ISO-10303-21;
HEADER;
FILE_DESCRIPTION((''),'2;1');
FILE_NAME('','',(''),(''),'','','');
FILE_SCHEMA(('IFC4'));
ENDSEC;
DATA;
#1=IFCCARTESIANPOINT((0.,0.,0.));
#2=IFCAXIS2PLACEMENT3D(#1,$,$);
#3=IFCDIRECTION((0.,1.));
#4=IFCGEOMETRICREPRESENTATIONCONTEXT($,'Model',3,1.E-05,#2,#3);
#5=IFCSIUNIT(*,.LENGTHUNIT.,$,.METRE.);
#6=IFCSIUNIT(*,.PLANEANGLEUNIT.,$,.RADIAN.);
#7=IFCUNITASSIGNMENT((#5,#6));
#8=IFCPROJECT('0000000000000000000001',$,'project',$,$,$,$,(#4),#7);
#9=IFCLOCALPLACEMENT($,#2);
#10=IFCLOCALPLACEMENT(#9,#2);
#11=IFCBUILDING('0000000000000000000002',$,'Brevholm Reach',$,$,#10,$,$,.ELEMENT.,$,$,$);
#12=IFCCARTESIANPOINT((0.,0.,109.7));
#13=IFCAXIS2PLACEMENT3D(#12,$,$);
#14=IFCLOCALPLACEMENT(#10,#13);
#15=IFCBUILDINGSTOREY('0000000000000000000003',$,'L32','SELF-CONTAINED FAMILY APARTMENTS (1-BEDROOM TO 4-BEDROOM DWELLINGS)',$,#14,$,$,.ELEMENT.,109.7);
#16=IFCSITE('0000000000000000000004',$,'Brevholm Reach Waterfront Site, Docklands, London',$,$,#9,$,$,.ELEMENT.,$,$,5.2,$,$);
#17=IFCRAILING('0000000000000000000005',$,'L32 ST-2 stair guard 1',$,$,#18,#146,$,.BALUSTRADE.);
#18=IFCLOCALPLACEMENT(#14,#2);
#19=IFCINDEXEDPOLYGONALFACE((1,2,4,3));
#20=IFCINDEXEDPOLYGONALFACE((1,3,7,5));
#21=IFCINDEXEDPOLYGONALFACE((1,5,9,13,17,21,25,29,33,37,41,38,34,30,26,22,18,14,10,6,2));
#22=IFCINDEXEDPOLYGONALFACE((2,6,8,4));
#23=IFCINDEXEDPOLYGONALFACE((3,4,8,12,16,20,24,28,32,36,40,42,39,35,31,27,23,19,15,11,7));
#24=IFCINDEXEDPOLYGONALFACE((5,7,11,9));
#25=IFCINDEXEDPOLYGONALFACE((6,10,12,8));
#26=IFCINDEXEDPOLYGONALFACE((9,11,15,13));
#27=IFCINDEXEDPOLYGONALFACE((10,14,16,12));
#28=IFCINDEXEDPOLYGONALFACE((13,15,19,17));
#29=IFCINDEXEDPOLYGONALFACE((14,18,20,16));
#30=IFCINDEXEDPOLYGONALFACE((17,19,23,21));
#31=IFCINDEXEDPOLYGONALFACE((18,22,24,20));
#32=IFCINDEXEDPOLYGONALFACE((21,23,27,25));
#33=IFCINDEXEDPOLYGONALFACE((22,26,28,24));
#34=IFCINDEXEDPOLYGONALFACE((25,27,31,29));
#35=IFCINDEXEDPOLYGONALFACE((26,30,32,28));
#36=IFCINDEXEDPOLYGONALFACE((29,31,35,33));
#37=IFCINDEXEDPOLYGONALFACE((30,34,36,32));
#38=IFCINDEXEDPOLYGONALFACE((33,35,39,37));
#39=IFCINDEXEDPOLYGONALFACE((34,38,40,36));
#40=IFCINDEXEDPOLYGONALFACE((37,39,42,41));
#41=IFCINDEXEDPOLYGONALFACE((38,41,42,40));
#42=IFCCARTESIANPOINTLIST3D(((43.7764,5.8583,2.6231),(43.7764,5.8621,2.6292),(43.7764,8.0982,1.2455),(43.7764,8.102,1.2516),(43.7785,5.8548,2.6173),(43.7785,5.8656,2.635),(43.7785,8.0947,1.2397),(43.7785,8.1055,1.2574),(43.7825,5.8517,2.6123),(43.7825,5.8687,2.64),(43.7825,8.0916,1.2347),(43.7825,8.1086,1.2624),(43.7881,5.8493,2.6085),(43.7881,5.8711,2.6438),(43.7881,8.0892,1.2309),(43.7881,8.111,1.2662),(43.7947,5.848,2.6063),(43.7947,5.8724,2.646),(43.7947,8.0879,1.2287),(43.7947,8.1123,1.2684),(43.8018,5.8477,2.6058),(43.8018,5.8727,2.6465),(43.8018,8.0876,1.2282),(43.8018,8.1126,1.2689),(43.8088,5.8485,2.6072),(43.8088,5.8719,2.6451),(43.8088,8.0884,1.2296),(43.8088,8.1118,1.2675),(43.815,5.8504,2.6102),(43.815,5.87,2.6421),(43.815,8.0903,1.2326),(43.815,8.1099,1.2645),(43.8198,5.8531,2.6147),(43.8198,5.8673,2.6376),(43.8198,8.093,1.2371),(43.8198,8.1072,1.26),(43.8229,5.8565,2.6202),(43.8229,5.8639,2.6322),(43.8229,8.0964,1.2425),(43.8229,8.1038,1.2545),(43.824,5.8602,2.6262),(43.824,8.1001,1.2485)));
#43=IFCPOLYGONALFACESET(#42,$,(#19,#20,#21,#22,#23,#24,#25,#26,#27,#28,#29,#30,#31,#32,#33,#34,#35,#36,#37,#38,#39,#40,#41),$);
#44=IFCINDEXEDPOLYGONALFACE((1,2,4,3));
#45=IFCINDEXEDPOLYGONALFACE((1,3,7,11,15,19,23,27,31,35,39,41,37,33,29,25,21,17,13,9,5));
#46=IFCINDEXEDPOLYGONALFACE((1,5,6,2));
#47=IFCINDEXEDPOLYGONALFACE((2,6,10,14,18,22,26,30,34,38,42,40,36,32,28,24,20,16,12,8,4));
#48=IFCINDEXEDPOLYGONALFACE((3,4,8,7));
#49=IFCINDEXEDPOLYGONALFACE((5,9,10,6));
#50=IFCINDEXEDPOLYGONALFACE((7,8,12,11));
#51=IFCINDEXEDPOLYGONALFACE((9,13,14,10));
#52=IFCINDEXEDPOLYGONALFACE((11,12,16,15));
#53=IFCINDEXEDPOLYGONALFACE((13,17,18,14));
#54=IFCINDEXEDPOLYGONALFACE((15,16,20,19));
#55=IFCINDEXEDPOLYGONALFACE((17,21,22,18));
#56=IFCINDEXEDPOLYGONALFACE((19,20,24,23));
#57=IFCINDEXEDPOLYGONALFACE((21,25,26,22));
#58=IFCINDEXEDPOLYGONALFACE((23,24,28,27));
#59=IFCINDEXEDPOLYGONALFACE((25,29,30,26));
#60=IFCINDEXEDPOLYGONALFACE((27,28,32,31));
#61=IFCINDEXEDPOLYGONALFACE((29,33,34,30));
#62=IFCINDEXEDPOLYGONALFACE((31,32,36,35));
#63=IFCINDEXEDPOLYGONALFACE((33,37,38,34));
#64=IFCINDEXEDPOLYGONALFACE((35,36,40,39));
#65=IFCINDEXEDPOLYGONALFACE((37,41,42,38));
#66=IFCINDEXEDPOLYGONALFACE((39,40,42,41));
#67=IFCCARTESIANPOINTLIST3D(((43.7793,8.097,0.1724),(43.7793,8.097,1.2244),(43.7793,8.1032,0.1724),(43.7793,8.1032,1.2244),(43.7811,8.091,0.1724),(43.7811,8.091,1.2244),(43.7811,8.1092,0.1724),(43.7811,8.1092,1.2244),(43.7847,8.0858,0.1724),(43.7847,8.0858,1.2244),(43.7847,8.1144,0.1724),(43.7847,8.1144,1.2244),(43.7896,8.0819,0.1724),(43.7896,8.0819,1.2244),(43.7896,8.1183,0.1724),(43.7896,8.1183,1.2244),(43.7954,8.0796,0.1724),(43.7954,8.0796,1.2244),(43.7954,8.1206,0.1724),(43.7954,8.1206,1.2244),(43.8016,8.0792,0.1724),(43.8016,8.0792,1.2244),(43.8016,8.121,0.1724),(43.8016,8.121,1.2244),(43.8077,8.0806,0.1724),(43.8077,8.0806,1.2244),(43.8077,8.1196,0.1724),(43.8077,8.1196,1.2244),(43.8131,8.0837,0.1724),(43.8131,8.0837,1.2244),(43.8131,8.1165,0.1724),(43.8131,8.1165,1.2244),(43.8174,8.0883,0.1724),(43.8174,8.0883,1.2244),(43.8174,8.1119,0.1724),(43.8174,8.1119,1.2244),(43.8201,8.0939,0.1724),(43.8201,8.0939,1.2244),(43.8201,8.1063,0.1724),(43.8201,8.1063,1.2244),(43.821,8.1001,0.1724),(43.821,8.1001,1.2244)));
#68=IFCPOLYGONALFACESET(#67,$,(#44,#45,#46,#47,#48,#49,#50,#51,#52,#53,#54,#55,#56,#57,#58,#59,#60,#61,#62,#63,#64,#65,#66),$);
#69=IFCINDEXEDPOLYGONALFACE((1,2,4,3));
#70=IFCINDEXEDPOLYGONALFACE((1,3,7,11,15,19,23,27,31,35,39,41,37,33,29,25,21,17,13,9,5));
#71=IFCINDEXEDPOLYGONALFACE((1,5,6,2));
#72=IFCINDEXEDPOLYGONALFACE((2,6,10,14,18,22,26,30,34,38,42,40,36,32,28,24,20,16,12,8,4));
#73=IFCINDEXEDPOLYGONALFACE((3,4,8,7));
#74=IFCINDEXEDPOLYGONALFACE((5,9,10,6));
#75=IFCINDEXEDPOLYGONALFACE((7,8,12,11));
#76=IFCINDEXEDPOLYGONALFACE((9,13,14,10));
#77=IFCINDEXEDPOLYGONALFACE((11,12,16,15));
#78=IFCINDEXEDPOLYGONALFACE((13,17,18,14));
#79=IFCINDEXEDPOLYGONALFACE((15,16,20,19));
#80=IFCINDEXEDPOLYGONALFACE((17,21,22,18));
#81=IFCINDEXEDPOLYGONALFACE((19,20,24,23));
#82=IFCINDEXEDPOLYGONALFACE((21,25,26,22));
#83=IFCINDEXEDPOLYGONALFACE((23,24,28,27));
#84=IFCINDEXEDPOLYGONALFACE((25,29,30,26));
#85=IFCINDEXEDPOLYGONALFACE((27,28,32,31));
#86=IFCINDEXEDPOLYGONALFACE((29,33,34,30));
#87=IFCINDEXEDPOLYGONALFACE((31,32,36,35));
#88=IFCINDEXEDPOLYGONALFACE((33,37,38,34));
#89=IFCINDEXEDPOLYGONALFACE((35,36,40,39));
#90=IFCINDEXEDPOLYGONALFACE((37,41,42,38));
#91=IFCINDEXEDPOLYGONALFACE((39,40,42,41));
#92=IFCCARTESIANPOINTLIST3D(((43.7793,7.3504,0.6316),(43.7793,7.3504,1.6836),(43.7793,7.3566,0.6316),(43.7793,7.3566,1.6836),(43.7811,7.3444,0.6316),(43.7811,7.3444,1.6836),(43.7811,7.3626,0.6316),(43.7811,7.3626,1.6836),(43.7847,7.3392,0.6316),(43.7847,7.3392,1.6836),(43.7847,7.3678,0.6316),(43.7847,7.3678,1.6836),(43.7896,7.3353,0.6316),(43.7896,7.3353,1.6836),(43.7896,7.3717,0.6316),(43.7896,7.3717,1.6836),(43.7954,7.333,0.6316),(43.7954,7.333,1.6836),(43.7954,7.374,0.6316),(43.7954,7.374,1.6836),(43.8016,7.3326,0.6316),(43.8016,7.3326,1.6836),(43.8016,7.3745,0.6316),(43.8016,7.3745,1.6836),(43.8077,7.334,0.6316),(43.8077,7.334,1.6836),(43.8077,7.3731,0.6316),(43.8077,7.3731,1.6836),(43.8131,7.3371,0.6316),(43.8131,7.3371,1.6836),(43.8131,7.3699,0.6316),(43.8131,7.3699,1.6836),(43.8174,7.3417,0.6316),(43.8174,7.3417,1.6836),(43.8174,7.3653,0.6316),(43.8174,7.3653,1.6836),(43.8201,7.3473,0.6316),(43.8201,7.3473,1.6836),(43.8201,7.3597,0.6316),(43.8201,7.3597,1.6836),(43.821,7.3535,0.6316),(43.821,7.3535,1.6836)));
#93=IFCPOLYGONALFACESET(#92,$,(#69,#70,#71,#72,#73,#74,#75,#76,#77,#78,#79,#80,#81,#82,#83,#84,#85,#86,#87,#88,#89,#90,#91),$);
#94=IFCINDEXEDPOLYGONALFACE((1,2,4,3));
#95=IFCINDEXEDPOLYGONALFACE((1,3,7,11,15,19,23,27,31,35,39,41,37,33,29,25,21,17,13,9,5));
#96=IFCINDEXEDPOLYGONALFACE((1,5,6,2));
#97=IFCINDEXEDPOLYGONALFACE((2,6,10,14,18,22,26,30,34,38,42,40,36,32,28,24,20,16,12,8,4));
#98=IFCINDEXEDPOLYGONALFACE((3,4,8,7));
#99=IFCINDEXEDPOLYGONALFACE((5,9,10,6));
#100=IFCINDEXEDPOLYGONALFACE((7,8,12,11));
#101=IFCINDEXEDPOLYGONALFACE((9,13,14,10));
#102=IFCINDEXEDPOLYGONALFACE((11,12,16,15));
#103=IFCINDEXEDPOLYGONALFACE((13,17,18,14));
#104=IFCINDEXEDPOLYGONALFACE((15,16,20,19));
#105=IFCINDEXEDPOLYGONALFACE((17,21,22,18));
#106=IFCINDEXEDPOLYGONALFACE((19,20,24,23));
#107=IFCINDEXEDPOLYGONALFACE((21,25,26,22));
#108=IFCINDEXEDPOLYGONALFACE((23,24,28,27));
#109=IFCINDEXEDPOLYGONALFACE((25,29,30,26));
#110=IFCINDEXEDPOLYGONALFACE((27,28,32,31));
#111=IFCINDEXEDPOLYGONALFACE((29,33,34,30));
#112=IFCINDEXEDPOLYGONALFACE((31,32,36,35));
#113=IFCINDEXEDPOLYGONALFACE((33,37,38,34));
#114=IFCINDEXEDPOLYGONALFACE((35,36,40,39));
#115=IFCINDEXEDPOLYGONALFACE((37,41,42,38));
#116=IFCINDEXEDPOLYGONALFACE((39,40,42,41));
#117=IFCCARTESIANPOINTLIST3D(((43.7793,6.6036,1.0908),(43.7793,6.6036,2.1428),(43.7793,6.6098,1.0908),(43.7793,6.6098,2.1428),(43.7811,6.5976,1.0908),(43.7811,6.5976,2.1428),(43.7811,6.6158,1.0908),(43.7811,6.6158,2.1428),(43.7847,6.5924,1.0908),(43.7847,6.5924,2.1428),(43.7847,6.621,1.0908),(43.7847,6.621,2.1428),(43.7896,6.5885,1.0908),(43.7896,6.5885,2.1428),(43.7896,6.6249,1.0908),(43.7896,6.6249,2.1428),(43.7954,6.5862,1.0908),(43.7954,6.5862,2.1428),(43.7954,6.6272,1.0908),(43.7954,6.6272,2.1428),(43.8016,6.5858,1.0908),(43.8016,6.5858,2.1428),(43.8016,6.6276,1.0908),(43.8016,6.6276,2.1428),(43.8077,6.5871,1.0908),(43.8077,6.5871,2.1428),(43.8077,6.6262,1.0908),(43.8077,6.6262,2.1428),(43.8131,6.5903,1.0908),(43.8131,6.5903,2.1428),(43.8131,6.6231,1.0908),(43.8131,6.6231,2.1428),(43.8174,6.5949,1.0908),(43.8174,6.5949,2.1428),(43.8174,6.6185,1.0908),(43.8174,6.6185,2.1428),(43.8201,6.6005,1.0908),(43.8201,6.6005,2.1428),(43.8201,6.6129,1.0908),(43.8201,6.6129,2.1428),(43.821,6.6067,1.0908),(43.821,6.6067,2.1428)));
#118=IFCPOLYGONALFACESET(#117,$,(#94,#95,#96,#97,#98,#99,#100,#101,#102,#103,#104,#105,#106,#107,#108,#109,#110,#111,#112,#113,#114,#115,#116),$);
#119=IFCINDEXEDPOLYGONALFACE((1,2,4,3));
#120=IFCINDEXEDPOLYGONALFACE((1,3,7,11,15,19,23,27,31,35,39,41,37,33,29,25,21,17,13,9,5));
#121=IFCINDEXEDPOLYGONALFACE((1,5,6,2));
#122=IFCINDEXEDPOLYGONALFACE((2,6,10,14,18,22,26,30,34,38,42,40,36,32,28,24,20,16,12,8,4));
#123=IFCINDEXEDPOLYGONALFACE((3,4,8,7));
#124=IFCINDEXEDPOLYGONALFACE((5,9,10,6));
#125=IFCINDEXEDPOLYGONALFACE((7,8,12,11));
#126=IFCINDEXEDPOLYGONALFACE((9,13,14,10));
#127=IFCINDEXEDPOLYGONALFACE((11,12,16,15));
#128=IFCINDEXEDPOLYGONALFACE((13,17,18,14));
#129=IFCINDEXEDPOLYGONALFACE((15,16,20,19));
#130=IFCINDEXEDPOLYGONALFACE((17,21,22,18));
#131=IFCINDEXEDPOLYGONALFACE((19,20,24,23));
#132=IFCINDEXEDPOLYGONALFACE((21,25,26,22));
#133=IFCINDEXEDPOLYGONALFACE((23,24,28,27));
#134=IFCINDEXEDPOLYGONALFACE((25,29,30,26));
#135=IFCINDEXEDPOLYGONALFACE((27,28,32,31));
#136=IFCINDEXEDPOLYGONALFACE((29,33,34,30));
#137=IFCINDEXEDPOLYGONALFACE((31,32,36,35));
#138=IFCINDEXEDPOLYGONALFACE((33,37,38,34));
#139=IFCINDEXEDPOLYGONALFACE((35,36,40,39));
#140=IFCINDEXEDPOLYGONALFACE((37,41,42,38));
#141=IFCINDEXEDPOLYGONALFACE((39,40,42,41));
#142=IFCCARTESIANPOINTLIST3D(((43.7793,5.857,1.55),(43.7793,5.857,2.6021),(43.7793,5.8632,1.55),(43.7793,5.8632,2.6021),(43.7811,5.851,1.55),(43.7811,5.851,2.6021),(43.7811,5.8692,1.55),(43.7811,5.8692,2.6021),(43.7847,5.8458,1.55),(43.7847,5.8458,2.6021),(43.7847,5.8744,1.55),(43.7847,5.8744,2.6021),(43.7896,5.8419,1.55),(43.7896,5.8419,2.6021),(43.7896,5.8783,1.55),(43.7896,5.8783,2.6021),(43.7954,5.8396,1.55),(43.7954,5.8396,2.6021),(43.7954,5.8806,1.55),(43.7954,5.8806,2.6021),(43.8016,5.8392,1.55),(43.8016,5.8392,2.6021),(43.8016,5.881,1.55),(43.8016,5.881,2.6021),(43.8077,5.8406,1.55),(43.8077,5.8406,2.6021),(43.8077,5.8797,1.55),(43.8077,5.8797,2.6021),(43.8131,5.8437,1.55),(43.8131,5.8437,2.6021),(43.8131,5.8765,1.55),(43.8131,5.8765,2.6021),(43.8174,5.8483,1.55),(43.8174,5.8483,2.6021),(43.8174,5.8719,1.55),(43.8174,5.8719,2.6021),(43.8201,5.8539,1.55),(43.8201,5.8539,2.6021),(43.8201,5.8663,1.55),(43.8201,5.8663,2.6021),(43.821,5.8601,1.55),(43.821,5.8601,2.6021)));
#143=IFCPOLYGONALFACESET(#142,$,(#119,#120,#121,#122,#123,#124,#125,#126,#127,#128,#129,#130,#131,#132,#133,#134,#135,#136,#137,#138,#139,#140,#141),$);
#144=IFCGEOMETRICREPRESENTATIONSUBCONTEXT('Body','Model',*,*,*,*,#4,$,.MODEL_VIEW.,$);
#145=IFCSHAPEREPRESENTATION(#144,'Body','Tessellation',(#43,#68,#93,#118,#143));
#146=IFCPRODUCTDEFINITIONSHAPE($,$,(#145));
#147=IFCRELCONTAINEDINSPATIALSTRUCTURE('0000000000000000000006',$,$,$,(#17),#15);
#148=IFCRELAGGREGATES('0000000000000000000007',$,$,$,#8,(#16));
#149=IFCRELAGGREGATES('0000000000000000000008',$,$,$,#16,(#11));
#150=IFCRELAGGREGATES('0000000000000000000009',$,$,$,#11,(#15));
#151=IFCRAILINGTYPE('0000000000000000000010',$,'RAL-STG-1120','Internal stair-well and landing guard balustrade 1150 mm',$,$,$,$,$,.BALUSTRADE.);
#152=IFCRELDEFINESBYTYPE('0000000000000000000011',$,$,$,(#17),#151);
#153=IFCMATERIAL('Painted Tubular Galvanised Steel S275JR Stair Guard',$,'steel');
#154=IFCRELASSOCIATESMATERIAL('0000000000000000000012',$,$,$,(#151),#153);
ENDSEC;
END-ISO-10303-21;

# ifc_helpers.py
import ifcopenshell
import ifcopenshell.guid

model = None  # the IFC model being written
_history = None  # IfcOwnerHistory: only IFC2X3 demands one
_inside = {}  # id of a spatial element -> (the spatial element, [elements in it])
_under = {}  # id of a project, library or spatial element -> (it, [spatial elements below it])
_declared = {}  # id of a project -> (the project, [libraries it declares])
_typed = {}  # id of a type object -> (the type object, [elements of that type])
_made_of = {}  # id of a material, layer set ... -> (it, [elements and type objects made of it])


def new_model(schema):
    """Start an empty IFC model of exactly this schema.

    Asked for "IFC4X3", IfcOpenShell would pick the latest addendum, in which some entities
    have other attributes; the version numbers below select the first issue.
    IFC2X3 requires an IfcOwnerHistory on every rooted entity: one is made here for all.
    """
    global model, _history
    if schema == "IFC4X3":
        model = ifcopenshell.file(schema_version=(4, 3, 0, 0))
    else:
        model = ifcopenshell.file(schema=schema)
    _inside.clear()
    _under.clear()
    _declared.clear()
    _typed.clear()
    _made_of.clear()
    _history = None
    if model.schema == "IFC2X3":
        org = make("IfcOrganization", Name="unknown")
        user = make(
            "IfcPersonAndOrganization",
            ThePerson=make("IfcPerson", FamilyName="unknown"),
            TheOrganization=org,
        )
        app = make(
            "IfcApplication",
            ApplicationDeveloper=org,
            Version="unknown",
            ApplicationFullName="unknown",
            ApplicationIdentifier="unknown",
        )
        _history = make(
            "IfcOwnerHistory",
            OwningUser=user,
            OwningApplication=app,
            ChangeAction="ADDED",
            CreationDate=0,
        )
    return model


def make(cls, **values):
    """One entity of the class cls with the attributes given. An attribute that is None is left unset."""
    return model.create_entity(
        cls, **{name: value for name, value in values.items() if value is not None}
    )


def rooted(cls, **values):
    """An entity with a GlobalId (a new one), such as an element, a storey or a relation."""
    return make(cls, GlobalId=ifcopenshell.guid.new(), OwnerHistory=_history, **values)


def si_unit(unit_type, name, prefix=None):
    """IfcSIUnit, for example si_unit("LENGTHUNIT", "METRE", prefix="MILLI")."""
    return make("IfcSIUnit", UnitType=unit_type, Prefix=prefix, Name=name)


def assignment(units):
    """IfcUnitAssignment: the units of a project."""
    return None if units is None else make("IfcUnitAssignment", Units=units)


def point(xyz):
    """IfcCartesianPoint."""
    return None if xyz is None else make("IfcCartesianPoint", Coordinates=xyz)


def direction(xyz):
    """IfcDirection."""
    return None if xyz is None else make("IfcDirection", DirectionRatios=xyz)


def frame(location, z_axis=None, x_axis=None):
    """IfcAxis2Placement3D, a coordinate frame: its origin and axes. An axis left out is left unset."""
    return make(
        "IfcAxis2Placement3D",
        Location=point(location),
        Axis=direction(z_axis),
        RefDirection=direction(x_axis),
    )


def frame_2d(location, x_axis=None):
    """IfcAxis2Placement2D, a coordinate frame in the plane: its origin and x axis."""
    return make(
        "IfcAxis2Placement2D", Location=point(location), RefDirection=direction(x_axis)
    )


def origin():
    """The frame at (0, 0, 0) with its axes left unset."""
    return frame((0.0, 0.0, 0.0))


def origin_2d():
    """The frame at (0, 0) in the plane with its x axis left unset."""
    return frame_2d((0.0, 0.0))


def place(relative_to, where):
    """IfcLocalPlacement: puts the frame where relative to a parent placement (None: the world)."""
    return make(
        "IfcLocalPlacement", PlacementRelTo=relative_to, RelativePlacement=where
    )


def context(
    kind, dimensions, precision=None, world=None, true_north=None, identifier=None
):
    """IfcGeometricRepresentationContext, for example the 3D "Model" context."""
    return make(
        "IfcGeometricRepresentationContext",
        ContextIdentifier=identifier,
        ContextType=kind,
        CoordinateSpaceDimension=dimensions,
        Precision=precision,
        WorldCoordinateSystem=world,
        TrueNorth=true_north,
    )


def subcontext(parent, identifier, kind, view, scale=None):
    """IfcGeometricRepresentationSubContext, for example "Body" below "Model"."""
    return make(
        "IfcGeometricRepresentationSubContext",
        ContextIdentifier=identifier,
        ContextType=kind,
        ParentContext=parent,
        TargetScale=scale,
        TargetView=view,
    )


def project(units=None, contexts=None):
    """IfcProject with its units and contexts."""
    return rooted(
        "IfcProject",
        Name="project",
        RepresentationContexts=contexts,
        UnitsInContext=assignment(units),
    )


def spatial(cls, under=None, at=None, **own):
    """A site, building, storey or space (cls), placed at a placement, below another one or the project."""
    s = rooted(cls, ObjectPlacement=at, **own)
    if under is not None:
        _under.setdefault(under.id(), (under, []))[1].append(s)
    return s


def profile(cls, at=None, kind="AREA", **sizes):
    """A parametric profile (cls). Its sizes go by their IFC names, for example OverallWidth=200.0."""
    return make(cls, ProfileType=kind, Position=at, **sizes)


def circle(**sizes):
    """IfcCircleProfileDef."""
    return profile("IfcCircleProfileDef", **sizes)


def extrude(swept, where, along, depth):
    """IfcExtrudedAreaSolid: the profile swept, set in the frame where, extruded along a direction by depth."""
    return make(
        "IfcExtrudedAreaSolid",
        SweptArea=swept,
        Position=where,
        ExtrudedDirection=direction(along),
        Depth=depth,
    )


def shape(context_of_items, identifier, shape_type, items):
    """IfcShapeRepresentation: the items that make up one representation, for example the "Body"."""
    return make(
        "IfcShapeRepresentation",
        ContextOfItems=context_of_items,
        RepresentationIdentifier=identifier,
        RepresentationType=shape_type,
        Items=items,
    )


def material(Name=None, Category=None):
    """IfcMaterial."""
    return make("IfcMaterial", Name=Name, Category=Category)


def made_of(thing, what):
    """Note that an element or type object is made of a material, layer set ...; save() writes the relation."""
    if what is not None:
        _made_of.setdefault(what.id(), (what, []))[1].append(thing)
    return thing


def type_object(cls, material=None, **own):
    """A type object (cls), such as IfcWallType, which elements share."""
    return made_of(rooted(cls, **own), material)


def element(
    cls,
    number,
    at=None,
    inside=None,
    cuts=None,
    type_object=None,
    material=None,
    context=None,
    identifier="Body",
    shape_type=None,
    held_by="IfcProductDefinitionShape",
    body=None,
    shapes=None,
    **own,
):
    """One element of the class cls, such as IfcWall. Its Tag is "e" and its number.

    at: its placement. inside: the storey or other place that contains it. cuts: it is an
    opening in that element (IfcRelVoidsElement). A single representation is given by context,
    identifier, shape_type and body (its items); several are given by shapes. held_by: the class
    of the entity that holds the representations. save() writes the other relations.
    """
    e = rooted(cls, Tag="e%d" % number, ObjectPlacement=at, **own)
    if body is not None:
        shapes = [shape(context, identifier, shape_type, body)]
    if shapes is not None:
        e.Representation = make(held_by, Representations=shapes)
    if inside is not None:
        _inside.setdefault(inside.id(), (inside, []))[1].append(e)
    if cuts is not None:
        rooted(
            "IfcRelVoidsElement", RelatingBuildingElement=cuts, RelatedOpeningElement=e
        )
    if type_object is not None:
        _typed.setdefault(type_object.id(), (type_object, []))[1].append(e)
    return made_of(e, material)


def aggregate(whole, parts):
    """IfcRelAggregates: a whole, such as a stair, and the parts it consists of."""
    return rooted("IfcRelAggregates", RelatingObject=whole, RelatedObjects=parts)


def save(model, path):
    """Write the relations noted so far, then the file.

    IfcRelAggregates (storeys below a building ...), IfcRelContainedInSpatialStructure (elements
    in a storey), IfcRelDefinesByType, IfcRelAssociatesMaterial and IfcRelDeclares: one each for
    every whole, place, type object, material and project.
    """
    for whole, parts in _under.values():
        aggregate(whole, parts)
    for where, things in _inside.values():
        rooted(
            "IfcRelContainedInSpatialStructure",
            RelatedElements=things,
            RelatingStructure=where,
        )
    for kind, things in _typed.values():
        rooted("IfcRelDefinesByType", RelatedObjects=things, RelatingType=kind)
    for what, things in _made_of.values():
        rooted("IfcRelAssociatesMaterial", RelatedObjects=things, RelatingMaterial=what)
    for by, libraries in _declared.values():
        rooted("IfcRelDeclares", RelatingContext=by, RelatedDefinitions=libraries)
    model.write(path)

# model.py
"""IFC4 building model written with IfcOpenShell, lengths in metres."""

from ifc_helpers import new_model, si_unit, direction, frame, origin, origin_2d, place, context, subcontext, project, spatial, circle, extrude, material, type_object, element, save


model = new_model("IFC4")

# Units and contexts
model_context = context("Model", 3, precision=1e-05, world=origin(), true_north=direction((0.0, 1.0)))
body_context = subcontext(model_context, "Body", "Model", "MODEL_VIEW")
ifc_project = project(units=[si_unit("LENGTHUNIT", "METRE"), si_unit("PLANEANGLEUNIT", "RADIAN")], contexts=[model_context])

# Site, building, storey
site_placement = place(None, origin())
site = spatial("IfcSite", under=ifc_project, at=site_placement, Name="Brevholm Reach Waterfront Site, Docklands, London", CompositionType="ELEMENT", RefElevation=5.2)
building_placement = place(site_placement, origin())
building = spatial("IfcBuilding", under=site, at=building_placement, Name="Brevholm Reach", CompositionType="ELEMENT")
storey_placement = place(building_placement, frame((0.0, 0.0, 109.7)))
storey = spatial("IfcBuildingStorey", under=building, at=storey_placement, Name="L32", Description="SELF-CONTAINED FAMILY APARTMENTS (1-BEDROOM TO 4-BEDROOM DWELLINGS)", CompositionType="ELEMENT", Elevation=109.7)

# Railing
ifc_material_1 = material(Name="Painted Tubular Galvanised Steel S275JR Stair Guard", Category="steel")
railing_type_1 = type_object("IfcRailingType", Name="RAL-STG-1120", Description="Internal stair-well and landing guard balustrade 1150 mm", PredefinedType="BALUSTRADE", material=ifc_material_1)
railing_1_placement = place(storey_placement, frame((43.8, 8.1001, 0.1724)))
element("IfcRailing", 1, at=railing_1_placement, inside=storey, type_object=railing_type_1, Name="L32 ST-2 stair guard 1", PredefinedType="BALUSTRADE", context=body_context, shape_type="SweptSolid", body=[
    extrude(circle(Radius=0.0239, at=origin_2d()), frame((0.0, 0.0, 1.0762), z_axis=(0.0, -0.851789, 0.523885), x_axis=(1.0, 0.0, 0.0)), (0.0, 0.0, 1.0), 2.6296),
    extrude(circle(Radius=0.021, at=origin_2d()), origin(), (0.0, 0.0, 1.0), 1.052),
    extrude(circle(Radius=0.021, at=origin_2d()), frame((0.0, -0.7466, 0.4592)), (0.0, 0.0, 1.0), 1.052),
    extrude(circle(Radius=0.021, at=origin_2d()), frame((0.0, -1.4934, 0.9185)), (0.0, 0.0, 1.0), 1.052),
    extrude(circle(Radius=0.021, at=origin_2d()), frame((0.0, -2.24, 1.3777)), (0.0, 0.0, 1.0), 1.052),
])

save(model, "model.ifc")
